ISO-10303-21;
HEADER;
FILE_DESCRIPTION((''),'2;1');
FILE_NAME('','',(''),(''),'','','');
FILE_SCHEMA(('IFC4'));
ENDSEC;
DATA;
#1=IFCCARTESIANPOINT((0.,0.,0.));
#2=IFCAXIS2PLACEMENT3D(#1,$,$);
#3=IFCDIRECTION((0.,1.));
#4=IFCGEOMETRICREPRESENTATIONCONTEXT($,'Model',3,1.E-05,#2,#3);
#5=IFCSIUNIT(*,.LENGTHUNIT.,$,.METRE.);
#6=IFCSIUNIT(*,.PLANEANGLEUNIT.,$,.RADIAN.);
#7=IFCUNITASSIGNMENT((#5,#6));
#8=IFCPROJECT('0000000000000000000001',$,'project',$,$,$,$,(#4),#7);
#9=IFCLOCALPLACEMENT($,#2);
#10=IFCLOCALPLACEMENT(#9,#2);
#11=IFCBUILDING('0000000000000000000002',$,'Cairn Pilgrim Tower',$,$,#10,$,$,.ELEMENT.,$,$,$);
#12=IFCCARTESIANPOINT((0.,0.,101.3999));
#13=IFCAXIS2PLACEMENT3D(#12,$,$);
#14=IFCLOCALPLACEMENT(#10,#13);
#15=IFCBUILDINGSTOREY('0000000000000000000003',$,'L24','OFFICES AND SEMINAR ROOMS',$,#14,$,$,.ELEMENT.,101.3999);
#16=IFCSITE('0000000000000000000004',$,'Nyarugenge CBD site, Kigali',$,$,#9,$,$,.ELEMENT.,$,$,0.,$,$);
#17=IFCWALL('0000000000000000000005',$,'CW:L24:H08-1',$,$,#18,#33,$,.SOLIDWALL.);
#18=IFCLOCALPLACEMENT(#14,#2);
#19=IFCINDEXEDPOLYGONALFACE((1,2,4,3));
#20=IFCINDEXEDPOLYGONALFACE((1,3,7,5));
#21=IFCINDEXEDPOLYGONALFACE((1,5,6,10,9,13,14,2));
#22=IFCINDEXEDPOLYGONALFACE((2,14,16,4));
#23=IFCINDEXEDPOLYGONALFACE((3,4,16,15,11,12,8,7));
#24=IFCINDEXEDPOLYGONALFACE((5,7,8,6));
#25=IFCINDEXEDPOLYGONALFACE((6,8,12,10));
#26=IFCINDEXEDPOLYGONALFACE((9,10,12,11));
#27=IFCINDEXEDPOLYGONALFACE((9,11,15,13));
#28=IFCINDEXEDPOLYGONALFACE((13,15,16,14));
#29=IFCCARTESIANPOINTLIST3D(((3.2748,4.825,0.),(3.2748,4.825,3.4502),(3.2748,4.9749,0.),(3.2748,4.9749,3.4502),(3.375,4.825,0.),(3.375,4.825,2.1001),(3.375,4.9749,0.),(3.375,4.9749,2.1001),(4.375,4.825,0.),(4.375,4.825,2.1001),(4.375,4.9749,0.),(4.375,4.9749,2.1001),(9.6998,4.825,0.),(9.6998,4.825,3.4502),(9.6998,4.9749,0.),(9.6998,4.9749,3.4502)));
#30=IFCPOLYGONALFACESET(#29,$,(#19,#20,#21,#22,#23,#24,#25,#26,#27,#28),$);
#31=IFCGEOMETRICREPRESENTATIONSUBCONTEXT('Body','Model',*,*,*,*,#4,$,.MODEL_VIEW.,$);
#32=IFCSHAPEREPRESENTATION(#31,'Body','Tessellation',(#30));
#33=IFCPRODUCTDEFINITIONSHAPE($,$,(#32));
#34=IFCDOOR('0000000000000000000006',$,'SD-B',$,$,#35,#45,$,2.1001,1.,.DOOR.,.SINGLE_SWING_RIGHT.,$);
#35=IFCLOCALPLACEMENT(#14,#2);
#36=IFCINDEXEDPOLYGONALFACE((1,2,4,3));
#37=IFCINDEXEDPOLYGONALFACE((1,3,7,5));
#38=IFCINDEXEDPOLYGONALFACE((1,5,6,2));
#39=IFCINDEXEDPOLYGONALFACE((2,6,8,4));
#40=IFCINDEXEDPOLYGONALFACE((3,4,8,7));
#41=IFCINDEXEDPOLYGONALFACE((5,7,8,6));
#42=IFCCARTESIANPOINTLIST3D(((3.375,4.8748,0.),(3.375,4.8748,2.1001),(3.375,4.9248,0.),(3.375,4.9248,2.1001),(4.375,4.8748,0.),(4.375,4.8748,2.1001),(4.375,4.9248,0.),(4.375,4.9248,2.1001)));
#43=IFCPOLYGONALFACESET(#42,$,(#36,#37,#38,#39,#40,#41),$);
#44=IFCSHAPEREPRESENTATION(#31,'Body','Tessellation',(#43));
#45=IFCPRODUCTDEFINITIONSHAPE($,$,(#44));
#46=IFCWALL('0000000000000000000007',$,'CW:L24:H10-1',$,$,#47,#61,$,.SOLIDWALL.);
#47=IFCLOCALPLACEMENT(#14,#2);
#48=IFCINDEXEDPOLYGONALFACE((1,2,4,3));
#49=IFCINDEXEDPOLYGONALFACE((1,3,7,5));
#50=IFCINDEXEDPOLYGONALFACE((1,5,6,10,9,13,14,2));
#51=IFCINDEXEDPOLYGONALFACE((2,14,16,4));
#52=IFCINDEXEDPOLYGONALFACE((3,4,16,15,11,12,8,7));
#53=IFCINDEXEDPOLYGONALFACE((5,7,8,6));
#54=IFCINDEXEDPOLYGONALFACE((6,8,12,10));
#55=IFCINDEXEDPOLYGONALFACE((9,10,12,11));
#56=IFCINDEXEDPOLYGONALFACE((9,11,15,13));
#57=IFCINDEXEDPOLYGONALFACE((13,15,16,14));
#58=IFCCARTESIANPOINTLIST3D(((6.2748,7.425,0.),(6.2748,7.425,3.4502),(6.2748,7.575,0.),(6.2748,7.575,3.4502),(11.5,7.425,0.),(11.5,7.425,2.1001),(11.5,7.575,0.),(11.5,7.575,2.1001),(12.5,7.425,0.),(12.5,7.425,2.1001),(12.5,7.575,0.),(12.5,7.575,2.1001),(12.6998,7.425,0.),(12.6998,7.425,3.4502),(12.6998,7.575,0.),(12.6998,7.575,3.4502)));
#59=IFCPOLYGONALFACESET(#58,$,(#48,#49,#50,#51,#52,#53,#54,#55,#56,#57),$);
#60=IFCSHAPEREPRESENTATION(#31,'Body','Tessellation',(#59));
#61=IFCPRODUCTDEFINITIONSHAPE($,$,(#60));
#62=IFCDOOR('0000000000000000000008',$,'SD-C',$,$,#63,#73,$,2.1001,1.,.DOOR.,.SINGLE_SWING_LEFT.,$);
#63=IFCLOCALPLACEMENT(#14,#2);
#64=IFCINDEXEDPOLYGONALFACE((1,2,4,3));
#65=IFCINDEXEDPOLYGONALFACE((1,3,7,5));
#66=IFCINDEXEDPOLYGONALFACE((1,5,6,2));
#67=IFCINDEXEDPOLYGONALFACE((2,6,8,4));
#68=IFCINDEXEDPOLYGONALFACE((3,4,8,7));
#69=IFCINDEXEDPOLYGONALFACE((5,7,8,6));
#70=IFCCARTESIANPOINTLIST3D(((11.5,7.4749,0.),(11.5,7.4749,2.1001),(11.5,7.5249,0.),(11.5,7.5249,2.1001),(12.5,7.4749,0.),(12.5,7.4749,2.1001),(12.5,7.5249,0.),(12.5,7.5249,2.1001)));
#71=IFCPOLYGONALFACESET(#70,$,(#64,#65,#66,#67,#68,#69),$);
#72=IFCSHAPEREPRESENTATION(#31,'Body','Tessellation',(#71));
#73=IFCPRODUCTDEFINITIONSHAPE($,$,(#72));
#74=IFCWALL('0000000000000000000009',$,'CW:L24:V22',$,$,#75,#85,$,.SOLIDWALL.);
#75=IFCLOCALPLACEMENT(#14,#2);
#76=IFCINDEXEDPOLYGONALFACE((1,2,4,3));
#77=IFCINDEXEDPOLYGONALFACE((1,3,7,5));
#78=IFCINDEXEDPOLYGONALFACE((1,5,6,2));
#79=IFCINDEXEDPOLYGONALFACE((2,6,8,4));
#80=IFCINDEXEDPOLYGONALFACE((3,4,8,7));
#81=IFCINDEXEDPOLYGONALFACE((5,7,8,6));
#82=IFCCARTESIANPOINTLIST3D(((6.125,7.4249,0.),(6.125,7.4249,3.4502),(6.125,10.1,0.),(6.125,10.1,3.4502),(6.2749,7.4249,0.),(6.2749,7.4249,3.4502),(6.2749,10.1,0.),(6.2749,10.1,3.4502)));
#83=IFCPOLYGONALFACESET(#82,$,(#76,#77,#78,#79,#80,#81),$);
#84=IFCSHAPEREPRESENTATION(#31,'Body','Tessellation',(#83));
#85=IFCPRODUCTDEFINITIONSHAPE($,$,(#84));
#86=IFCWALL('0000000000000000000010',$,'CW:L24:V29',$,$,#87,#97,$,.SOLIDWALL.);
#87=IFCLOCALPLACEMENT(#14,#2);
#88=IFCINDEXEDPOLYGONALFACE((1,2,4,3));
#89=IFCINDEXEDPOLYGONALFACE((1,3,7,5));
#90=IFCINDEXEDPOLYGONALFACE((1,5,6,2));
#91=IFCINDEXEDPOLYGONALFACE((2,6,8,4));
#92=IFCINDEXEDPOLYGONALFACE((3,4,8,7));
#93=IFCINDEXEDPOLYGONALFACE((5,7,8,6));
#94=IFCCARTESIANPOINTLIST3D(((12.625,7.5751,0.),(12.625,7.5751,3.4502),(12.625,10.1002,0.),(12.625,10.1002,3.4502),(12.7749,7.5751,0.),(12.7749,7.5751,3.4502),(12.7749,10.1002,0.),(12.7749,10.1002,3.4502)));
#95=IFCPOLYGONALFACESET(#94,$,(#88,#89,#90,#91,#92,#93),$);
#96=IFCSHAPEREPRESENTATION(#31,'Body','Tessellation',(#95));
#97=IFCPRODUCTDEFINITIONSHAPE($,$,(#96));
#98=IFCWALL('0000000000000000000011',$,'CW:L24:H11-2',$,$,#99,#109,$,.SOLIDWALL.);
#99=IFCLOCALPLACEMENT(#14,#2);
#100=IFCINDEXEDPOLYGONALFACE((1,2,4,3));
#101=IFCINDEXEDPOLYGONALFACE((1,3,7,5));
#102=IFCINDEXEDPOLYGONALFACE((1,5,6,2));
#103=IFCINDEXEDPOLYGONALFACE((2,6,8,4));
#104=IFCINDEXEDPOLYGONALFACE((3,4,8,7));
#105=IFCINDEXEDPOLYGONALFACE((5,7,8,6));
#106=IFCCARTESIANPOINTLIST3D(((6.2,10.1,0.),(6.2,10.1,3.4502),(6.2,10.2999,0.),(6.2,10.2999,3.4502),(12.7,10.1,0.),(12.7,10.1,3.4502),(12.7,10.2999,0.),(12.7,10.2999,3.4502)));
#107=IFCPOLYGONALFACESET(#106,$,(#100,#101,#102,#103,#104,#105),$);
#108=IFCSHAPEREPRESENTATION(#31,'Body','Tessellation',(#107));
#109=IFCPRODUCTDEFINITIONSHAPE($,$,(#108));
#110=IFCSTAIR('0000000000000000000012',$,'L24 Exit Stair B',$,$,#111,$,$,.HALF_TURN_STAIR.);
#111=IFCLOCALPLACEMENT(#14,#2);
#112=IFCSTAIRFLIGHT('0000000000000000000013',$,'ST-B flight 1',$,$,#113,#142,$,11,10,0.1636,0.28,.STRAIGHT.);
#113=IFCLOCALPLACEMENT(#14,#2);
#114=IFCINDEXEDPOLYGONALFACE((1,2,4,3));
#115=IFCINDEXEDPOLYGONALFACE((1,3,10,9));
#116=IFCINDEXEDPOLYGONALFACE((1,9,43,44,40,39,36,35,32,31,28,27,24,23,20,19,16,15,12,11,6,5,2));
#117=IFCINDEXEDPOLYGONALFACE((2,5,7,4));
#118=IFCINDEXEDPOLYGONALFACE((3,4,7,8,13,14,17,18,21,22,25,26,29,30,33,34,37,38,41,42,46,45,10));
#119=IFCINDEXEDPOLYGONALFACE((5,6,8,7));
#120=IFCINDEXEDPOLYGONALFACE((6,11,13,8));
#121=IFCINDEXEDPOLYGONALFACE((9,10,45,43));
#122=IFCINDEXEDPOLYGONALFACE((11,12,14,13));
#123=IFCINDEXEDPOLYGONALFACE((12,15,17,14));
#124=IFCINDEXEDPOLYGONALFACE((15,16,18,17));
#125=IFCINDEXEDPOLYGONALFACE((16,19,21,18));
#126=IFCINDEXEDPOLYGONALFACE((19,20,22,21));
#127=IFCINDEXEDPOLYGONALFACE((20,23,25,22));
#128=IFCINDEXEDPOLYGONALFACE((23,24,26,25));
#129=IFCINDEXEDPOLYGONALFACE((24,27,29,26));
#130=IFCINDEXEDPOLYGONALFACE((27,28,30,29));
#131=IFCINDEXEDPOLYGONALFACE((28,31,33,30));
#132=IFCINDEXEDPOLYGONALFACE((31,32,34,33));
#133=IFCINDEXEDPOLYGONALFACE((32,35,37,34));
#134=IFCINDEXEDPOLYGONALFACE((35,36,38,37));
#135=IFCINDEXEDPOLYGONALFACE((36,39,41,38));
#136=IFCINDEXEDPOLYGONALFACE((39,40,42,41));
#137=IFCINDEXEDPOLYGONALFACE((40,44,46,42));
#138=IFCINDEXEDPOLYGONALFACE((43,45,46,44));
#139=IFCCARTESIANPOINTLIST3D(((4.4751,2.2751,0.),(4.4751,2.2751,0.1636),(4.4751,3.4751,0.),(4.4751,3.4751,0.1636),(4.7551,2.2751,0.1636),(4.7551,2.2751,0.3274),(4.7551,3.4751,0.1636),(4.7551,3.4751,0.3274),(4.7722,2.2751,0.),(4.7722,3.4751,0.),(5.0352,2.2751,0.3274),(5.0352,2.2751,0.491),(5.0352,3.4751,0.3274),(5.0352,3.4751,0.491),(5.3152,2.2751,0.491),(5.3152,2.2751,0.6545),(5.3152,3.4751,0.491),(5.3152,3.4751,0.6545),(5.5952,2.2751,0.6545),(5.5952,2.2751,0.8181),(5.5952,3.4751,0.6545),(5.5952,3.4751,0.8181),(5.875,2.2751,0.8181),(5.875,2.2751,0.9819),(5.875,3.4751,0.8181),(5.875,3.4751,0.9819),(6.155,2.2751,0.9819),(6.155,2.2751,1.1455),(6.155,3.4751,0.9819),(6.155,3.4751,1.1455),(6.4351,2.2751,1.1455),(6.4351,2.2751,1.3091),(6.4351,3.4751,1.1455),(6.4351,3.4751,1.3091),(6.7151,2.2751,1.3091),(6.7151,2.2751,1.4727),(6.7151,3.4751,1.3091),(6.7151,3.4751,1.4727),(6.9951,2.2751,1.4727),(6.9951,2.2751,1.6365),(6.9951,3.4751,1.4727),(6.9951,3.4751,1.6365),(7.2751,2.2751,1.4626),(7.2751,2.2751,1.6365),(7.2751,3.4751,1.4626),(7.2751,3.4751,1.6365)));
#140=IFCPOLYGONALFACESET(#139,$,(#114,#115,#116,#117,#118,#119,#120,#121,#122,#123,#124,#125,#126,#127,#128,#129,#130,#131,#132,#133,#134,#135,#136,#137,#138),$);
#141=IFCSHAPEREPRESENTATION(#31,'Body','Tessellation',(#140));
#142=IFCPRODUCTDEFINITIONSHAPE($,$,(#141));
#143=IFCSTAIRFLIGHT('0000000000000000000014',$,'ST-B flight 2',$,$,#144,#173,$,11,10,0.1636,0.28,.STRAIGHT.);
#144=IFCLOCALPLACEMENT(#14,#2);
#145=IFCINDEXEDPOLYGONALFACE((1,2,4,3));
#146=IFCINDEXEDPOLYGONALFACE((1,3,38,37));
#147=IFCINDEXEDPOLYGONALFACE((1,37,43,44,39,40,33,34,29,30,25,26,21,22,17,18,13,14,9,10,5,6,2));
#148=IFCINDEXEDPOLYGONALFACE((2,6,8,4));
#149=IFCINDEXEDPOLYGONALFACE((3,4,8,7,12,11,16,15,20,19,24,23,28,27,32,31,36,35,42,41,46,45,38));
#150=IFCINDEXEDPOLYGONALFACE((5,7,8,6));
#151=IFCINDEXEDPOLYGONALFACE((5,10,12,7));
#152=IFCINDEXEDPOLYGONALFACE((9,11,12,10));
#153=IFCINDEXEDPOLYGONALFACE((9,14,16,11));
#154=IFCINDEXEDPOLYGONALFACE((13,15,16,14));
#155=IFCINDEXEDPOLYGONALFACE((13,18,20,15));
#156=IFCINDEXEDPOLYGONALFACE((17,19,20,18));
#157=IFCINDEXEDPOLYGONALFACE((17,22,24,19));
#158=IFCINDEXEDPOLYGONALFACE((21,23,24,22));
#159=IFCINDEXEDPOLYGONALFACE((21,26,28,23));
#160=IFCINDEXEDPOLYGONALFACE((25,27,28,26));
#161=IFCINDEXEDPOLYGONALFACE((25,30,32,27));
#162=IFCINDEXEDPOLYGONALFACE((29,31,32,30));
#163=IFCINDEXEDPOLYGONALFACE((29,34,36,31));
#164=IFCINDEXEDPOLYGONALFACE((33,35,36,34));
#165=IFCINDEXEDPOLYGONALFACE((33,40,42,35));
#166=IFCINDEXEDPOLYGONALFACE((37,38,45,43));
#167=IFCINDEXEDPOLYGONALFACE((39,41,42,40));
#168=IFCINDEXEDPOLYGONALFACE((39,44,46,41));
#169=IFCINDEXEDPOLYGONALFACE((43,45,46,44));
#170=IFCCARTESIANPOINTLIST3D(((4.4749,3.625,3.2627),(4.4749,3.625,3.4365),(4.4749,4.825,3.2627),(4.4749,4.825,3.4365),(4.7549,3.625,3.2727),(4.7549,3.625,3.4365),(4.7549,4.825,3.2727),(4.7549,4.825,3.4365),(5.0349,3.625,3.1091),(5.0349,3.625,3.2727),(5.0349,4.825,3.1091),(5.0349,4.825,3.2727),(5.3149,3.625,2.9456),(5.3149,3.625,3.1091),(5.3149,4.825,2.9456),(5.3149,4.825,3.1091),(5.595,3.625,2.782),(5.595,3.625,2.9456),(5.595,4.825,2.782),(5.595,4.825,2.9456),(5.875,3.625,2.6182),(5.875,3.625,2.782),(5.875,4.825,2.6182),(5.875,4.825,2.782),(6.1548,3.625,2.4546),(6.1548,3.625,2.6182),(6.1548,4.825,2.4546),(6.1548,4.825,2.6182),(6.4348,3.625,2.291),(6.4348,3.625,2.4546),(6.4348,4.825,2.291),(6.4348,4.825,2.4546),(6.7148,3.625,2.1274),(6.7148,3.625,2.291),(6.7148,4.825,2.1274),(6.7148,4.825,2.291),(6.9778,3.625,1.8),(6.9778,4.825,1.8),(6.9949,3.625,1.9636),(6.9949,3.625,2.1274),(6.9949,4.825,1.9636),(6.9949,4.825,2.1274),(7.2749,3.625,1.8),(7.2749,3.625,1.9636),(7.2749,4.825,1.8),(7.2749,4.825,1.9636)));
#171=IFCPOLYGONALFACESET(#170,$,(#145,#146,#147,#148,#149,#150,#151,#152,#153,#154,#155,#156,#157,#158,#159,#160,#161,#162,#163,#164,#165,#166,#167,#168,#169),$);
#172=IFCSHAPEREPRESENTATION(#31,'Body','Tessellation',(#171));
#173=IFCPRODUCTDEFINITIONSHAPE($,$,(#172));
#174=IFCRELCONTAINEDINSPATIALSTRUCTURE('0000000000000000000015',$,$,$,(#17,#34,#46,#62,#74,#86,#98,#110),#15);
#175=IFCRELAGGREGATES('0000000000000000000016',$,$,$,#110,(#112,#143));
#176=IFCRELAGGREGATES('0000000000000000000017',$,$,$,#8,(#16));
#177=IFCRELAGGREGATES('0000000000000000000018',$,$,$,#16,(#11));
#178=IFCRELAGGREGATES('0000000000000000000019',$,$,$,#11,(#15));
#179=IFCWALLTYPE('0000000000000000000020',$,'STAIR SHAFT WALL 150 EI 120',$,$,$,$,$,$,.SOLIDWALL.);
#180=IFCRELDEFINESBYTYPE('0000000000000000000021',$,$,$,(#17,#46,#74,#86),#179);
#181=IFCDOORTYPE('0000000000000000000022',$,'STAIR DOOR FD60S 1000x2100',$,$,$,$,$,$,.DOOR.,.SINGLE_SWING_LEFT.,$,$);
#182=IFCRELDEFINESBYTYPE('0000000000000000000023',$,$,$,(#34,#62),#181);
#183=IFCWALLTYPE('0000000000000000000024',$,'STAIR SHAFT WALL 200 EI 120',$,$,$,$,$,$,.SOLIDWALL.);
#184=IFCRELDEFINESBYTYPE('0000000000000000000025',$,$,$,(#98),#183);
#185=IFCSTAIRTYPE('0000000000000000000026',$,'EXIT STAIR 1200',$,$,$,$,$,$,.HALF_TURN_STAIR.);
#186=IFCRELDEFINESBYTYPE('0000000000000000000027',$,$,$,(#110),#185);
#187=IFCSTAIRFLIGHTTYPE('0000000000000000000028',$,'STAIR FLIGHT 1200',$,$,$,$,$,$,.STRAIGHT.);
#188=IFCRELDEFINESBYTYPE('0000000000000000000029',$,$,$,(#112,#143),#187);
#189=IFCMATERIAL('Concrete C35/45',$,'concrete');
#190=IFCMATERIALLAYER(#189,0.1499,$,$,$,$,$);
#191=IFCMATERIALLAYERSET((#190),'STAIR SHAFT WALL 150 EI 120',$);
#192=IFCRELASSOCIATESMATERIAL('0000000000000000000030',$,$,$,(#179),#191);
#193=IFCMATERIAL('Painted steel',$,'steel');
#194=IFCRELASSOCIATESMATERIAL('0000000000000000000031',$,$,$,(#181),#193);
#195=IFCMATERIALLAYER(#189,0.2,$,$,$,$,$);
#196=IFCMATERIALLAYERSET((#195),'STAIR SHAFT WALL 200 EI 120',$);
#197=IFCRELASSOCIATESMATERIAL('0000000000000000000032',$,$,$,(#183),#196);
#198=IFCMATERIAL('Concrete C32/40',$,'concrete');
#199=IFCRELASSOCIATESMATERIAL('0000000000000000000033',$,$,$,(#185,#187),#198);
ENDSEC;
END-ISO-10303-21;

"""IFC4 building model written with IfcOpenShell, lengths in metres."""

from ifc_helpers import new_model, si_unit, direction, frame, frame_2d, origin, place, context, subcontext, project, spatial, polyline, rectangle, outline, extrude, material, layer, layer_set, type_object, element, fill, aggregate, save


model = new_model("IFC4")

# Units and contexts
model_context = context("Model", 3, precision=1e-05, world=origin(), true_north=direction((0.0, 1.0)))
body_context = subcontext(model_context, "Body", "Model", "MODEL_VIEW")
ifc_project = project(units=[si_unit("LENGTHUNIT", "METRE"), si_unit("PLANEANGLEUNIT", "RADIAN")], contexts=[model_context])

# Site, building, storey
site_placement = place(None, origin())
site = spatial("IfcSite", under=ifc_project, at=site_placement, Name="Nyarugenge CBD site, Kigali", CompositionType="ELEMENT", RefElevation=0.0)
building_placement = place(site_placement, origin())
building = spatial("IfcBuilding", under=site, at=building_placement, Name="Cairn Pilgrim Tower", CompositionType="ELEMENT")
storey_placement = place(building_placement, frame((0.0, 0.0, 101.3999)))
storey = spatial("IfcBuildingStorey", under=building, at=storey_placement, Name="L24", Description="OFFICES AND SEMINAR ROOMS", CompositionType="ELEMENT", Elevation=101.3999)

# Shared definitions
ifc_material_1 = material(Name="Concrete C32/40", Category="concrete")

# Shared definitions
ifc_material_2 = material(Name="Painted steel", Category="steel")

# Walls, openings, doors
ifc_material_3 = material(Name="Concrete C35/45", Category="concrete")
ifc_layer_1 = layer(ifc_material_3, 0.1499)
ifc_layer_set_1 = layer_set([ifc_layer_1], Name="STAIR SHAFT WALL 150 EI 120")
wall_type_1 = type_object("IfcWallType", Name="STAIR SHAFT WALL 150 EI 120", PredefinedType="SOLIDWALL", material=ifc_layer_set_1)
wall_1_placement = place(storey_placement, frame((3.2749, 4.8999, 0.0), z_axis=(0.0, 0.0, 1.0), x_axis=(1.0, 0.0, 0.0)))
wall_1 = element("IfcWall", 1, at=wall_1_placement, inside=storey, type_object=wall_type_1, Name="CW:L24:H08-1", PredefinedType="SOLIDWALL", context=body_context, shape_type="SweptSolid", body=[
    extrude(rectangle(XDim=6.425, YDim=0.1499, at=frame_2d((3.2124, 0.0))), origin(), (0.0, 0.0, 1.0), 3.4502),
])
opening_1_placement = place(wall_1_placement, frame((0.1001, 0.0, 0.0)))
opening_1 = element("IfcOpeningElement", 2, at=opening_1_placement, cuts=wall_1, PredefinedType="OPENING", context=body_context, shape_type="SweptSolid", body=[
    extrude(rectangle(XDim=1.0, YDim=2.1001, at=frame_2d((0.5, 1.05))), frame((0.0, 0.085, 0.0), z_axis=(0.0, -1.0, 0.0), x_axis=(1.0, 0.0, 0.0)), (0.0, 0.0, 1.0), 0.1699),
])
door_type_1 = type_object("IfcDoorType", Name="STAIR DOOR FD60S 1000x2100", OperationType="SINGLE_SWING_LEFT", PredefinedType="DOOR", material=ifc_material_2)
door_1_placement = place(opening_1_placement, origin())
door_1 = element("IfcDoor", 3, at=door_1_placement, inside=storey, type_object=door_type_1, Name="SD-B", OperationType="SINGLE_SWING_RIGHT", OverallHeight=2.1001, OverallWidth=1.0, PredefinedType="DOOR", context=body_context, shape_type="SweptSolid", body=[
    extrude(rectangle(XDim=1.0, YDim=2.1001, at=frame_2d((0.5, 1.05))), frame((0.0, 0.0249, 0.0), z_axis=(0.0, -1.0, 0.0), x_axis=(1.0, 0.0, 0.0)), (0.0, 0.0, 1.0), 0.05),
])
fill(opening_1, door_1)
wall_2_placement = place(storey_placement, frame((6.2749, 7.5, 0.0), z_axis=(0.0, 0.0, 1.0), x_axis=(1.0, 0.0, 0.0)))
wall_2 = element("IfcWall", 4, at=wall_2_placement, inside=storey, type_object=wall_type_1, Name="CW:L24:H10-1", PredefinedType="SOLIDWALL", context=body_context, shape_type="SweptSolid", body=[
    extrude(rectangle(XDim=6.425, YDim=0.1499, at=frame_2d((3.2124, 0.0))), origin(), (0.0, 0.0, 1.0), 3.4502),
])
opening_2_placement = place(wall_2_placement, frame((5.2251, 0.0, 0.0)))
opening_2 = element("IfcOpeningElement", 5, at=opening_2_placement, cuts=wall_2, PredefinedType="OPENING", context=body_context, shape_type="SweptSolid", body=[
    extrude(rectangle(XDim=1.0, YDim=2.1001, at=frame_2d((0.5, 1.05))), frame((0.0, 0.085, 0.0), z_axis=(0.0, -1.0, 0.0), x_axis=(1.0, 0.0, 0.0)), (0.0, 0.0, 1.0), 0.1699),
])
door_2_placement = place(opening_2_placement, origin())
door_2 = element("IfcDoor", 6, at=door_2_placement, inside=storey, type_object=door_type_1, Name="SD-C", OperationType="SINGLE_SWING_LEFT", OverallHeight=2.1001, OverallWidth=1.0, PredefinedType="DOOR", context=body_context, shape_type="SweptSolid", body=[
    extrude(rectangle(XDim=1.0, YDim=2.1001, at=frame_2d((0.5, 1.05))), frame((0.0, 0.0249, 0.0), z_axis=(0.0, -1.0, 0.0), x_axis=(1.0, 0.0, 0.0)), (0.0, 0.0, 1.0), 0.05),
])
fill(opening_2, door_2)

# Walls
wall_3_placement = place(storey_placement, frame((6.2, 7.425, 0.0), z_axis=(0.0, 0.0, 1.0), x_axis=(0.0, 1.0, 0.0)))
element("IfcWall", 7, at=wall_3_placement, inside=storey, type_object=wall_type_1, Name="CW:L24:V22", PredefinedType="SOLIDWALL", context=body_context, shape_type="SweptSolid", body=[
    extrude(rectangle(XDim=2.675, YDim=0.1499, at=frame_2d((1.3374, 0.0))), origin(), (0.0, 0.0, 1.0), 3.4502),
])
wall_4_placement = place(storey_placement, frame((12.7, 7.575, 0.0), z_axis=(0.0, 0.0, 1.0), x_axis=(0.0, 1.0, 0.0)))
element("IfcWall", 8, at=wall_4_placement, inside=storey, type_object=wall_type_1, Name="CW:L24:V29", PredefinedType="SOLIDWALL", context=body_context, shape_type="SweptSolid", body=[
    extrude(rectangle(XDim=2.5251, YDim=0.1499, at=frame_2d((1.2627, 0.0))), origin(), (0.0, 0.0, 1.0), 3.4502),
])
ifc_layer_2 = layer(ifc_material_3, 0.2)
ifc_layer_set_2 = layer_set([ifc_layer_2], Name="STAIR SHAFT WALL 200 EI 120")
wall_type_2 = type_object("IfcWallType", Name="STAIR SHAFT WALL 200 EI 120", PredefinedType="SOLIDWALL", material=ifc_layer_set_2)
wall_5_placement = place(storey_placement, frame((6.2, 10.2, 0.0), z_axis=(0.0, 0.0, 1.0), x_axis=(1.0, 0.0, 0.0)))
element("IfcWall", 9, at=wall_5_placement, inside=storey, type_object=wall_type_2, Name="CW:L24:H11-2", PredefinedType="SOLIDWALL", context=body_context, shape_type="SweptSolid", body=[
    extrude(rectangle(XDim=6.5, YDim=0.2, at=frame_2d((3.25, 0.0))), origin(), (0.0, 0.0, 1.0), 3.4502),
])

# Stair, stair flights
stair_type = type_object("IfcStairType", Name="EXIT STAIR 1200", PredefinedType="HALF_TURN_STAIR", material=ifc_material_1)
stair_1_placement = place(storey_placement, origin())
stair_1 = element("IfcStair", 10, at=stair_1_placement, inside=storey, type_object=stair_type, Name="L24 Exit Stair B", PredefinedType="HALF_TURN_STAIR")
stair_flight_type = type_object("IfcStairFlightType", Name="STAIR FLIGHT 1200", PredefinedType="STRAIGHT", material=ifc_material_1)
stair_flight_1_placement = place(storey_placement, frame((4.4751, 2.875, 0.0), z_axis=(0.0, 0.0, 1.0), x_axis=(1.0, 0.0, 0.0)))
stair_flight_1 = element("IfcStairFlight", 11, at=stair_flight_1_placement, type_object=stair_flight_type, Name="ST-B flight 1", NumberOfRisers=11, NumberOfTreads=10, PredefinedType="STRAIGHT", RiserHeight=0.1636, TreadLength=0.28, context=body_context, shape_type="SweptSolid", body=[
    extrude(outline(polyline([(0.0, 0.0), (0.0, 0.1636), (0.28, 0.1636), (0.28, 0.3274), (0.5601, 0.3274), (0.5601, 0.491), (0.8401, 0.491), (0.8401, 0.6545), (1.1201, 0.6545), (1.1201, 0.8181), (1.3999, 0.8181), (1.3999, 0.9819), (1.6799, 0.9819), (1.6799, 1.1455), (1.96, 1.1455), (1.96, 1.3091), (2.24, 1.3091), (2.24, 1.4727), (2.52, 1.4727), (2.52, 1.6365), (2.8, 1.6365), (2.8, 1.8), (2.8, 1.4626), (0.2971, 0.0), (0.0, 0.0)])), frame((0.0, 0.6001, 0.0), z_axis=(0.0, -1.0, 0.0), x_axis=(1.0, 0.0, 0.0)), (0.0, 0.0, 1.0), 1.2),
])
stair_flight_2_placement = place(storey_placement, frame((7.2749, 4.2251, 1.8), z_axis=(0.0, 0.0, 1.0), x_axis=(-1.0, 0.0, 0.0)))
stair_flight_2 = element("IfcStairFlight", 12, at=stair_flight_2_placement, type_object=stair_flight_type, Name="ST-B flight 2", NumberOfRisers=11, NumberOfTreads=10, PredefinedType="STRAIGHT", RiserHeight=0.1636, TreadLength=0.28, context=body_context, shape_type="SweptSolid", body=[
    extrude(outline(polyline([(0.0, 0.0), (0.0, 0.1636), (0.28, 0.1636), (0.28, 0.3274), (0.5601, 0.3274), (0.5601, 0.491), (0.8401, 0.491), (0.8401, 0.6545), (1.1201, 0.6545), (1.1201, 0.8181), (1.3999, 0.8181), (1.3999, 0.9819), (1.6799, 0.9819), (1.6799, 1.1455), (1.96, 1.1455), (1.96, 1.3091), (2.24, 1.3091), (2.24, 1.4727), (2.52, 1.4727), (2.52, 1.6365), (2.8, 1.6365), (2.8, 1.8), (2.8, 1.4626), (0.2971, 0.0), (0.0, 0.0)])), frame((0.0, 0.6001, 0.0), z_axis=(0.0, -1.0, 0.0), x_axis=(1.0, 0.0, 0.0)), (0.0, 0.0, 1.0), 1.2),
])
aggregate(stair_1, [stair_flight_1, stair_flight_2])

save(model, "model.ifc")
